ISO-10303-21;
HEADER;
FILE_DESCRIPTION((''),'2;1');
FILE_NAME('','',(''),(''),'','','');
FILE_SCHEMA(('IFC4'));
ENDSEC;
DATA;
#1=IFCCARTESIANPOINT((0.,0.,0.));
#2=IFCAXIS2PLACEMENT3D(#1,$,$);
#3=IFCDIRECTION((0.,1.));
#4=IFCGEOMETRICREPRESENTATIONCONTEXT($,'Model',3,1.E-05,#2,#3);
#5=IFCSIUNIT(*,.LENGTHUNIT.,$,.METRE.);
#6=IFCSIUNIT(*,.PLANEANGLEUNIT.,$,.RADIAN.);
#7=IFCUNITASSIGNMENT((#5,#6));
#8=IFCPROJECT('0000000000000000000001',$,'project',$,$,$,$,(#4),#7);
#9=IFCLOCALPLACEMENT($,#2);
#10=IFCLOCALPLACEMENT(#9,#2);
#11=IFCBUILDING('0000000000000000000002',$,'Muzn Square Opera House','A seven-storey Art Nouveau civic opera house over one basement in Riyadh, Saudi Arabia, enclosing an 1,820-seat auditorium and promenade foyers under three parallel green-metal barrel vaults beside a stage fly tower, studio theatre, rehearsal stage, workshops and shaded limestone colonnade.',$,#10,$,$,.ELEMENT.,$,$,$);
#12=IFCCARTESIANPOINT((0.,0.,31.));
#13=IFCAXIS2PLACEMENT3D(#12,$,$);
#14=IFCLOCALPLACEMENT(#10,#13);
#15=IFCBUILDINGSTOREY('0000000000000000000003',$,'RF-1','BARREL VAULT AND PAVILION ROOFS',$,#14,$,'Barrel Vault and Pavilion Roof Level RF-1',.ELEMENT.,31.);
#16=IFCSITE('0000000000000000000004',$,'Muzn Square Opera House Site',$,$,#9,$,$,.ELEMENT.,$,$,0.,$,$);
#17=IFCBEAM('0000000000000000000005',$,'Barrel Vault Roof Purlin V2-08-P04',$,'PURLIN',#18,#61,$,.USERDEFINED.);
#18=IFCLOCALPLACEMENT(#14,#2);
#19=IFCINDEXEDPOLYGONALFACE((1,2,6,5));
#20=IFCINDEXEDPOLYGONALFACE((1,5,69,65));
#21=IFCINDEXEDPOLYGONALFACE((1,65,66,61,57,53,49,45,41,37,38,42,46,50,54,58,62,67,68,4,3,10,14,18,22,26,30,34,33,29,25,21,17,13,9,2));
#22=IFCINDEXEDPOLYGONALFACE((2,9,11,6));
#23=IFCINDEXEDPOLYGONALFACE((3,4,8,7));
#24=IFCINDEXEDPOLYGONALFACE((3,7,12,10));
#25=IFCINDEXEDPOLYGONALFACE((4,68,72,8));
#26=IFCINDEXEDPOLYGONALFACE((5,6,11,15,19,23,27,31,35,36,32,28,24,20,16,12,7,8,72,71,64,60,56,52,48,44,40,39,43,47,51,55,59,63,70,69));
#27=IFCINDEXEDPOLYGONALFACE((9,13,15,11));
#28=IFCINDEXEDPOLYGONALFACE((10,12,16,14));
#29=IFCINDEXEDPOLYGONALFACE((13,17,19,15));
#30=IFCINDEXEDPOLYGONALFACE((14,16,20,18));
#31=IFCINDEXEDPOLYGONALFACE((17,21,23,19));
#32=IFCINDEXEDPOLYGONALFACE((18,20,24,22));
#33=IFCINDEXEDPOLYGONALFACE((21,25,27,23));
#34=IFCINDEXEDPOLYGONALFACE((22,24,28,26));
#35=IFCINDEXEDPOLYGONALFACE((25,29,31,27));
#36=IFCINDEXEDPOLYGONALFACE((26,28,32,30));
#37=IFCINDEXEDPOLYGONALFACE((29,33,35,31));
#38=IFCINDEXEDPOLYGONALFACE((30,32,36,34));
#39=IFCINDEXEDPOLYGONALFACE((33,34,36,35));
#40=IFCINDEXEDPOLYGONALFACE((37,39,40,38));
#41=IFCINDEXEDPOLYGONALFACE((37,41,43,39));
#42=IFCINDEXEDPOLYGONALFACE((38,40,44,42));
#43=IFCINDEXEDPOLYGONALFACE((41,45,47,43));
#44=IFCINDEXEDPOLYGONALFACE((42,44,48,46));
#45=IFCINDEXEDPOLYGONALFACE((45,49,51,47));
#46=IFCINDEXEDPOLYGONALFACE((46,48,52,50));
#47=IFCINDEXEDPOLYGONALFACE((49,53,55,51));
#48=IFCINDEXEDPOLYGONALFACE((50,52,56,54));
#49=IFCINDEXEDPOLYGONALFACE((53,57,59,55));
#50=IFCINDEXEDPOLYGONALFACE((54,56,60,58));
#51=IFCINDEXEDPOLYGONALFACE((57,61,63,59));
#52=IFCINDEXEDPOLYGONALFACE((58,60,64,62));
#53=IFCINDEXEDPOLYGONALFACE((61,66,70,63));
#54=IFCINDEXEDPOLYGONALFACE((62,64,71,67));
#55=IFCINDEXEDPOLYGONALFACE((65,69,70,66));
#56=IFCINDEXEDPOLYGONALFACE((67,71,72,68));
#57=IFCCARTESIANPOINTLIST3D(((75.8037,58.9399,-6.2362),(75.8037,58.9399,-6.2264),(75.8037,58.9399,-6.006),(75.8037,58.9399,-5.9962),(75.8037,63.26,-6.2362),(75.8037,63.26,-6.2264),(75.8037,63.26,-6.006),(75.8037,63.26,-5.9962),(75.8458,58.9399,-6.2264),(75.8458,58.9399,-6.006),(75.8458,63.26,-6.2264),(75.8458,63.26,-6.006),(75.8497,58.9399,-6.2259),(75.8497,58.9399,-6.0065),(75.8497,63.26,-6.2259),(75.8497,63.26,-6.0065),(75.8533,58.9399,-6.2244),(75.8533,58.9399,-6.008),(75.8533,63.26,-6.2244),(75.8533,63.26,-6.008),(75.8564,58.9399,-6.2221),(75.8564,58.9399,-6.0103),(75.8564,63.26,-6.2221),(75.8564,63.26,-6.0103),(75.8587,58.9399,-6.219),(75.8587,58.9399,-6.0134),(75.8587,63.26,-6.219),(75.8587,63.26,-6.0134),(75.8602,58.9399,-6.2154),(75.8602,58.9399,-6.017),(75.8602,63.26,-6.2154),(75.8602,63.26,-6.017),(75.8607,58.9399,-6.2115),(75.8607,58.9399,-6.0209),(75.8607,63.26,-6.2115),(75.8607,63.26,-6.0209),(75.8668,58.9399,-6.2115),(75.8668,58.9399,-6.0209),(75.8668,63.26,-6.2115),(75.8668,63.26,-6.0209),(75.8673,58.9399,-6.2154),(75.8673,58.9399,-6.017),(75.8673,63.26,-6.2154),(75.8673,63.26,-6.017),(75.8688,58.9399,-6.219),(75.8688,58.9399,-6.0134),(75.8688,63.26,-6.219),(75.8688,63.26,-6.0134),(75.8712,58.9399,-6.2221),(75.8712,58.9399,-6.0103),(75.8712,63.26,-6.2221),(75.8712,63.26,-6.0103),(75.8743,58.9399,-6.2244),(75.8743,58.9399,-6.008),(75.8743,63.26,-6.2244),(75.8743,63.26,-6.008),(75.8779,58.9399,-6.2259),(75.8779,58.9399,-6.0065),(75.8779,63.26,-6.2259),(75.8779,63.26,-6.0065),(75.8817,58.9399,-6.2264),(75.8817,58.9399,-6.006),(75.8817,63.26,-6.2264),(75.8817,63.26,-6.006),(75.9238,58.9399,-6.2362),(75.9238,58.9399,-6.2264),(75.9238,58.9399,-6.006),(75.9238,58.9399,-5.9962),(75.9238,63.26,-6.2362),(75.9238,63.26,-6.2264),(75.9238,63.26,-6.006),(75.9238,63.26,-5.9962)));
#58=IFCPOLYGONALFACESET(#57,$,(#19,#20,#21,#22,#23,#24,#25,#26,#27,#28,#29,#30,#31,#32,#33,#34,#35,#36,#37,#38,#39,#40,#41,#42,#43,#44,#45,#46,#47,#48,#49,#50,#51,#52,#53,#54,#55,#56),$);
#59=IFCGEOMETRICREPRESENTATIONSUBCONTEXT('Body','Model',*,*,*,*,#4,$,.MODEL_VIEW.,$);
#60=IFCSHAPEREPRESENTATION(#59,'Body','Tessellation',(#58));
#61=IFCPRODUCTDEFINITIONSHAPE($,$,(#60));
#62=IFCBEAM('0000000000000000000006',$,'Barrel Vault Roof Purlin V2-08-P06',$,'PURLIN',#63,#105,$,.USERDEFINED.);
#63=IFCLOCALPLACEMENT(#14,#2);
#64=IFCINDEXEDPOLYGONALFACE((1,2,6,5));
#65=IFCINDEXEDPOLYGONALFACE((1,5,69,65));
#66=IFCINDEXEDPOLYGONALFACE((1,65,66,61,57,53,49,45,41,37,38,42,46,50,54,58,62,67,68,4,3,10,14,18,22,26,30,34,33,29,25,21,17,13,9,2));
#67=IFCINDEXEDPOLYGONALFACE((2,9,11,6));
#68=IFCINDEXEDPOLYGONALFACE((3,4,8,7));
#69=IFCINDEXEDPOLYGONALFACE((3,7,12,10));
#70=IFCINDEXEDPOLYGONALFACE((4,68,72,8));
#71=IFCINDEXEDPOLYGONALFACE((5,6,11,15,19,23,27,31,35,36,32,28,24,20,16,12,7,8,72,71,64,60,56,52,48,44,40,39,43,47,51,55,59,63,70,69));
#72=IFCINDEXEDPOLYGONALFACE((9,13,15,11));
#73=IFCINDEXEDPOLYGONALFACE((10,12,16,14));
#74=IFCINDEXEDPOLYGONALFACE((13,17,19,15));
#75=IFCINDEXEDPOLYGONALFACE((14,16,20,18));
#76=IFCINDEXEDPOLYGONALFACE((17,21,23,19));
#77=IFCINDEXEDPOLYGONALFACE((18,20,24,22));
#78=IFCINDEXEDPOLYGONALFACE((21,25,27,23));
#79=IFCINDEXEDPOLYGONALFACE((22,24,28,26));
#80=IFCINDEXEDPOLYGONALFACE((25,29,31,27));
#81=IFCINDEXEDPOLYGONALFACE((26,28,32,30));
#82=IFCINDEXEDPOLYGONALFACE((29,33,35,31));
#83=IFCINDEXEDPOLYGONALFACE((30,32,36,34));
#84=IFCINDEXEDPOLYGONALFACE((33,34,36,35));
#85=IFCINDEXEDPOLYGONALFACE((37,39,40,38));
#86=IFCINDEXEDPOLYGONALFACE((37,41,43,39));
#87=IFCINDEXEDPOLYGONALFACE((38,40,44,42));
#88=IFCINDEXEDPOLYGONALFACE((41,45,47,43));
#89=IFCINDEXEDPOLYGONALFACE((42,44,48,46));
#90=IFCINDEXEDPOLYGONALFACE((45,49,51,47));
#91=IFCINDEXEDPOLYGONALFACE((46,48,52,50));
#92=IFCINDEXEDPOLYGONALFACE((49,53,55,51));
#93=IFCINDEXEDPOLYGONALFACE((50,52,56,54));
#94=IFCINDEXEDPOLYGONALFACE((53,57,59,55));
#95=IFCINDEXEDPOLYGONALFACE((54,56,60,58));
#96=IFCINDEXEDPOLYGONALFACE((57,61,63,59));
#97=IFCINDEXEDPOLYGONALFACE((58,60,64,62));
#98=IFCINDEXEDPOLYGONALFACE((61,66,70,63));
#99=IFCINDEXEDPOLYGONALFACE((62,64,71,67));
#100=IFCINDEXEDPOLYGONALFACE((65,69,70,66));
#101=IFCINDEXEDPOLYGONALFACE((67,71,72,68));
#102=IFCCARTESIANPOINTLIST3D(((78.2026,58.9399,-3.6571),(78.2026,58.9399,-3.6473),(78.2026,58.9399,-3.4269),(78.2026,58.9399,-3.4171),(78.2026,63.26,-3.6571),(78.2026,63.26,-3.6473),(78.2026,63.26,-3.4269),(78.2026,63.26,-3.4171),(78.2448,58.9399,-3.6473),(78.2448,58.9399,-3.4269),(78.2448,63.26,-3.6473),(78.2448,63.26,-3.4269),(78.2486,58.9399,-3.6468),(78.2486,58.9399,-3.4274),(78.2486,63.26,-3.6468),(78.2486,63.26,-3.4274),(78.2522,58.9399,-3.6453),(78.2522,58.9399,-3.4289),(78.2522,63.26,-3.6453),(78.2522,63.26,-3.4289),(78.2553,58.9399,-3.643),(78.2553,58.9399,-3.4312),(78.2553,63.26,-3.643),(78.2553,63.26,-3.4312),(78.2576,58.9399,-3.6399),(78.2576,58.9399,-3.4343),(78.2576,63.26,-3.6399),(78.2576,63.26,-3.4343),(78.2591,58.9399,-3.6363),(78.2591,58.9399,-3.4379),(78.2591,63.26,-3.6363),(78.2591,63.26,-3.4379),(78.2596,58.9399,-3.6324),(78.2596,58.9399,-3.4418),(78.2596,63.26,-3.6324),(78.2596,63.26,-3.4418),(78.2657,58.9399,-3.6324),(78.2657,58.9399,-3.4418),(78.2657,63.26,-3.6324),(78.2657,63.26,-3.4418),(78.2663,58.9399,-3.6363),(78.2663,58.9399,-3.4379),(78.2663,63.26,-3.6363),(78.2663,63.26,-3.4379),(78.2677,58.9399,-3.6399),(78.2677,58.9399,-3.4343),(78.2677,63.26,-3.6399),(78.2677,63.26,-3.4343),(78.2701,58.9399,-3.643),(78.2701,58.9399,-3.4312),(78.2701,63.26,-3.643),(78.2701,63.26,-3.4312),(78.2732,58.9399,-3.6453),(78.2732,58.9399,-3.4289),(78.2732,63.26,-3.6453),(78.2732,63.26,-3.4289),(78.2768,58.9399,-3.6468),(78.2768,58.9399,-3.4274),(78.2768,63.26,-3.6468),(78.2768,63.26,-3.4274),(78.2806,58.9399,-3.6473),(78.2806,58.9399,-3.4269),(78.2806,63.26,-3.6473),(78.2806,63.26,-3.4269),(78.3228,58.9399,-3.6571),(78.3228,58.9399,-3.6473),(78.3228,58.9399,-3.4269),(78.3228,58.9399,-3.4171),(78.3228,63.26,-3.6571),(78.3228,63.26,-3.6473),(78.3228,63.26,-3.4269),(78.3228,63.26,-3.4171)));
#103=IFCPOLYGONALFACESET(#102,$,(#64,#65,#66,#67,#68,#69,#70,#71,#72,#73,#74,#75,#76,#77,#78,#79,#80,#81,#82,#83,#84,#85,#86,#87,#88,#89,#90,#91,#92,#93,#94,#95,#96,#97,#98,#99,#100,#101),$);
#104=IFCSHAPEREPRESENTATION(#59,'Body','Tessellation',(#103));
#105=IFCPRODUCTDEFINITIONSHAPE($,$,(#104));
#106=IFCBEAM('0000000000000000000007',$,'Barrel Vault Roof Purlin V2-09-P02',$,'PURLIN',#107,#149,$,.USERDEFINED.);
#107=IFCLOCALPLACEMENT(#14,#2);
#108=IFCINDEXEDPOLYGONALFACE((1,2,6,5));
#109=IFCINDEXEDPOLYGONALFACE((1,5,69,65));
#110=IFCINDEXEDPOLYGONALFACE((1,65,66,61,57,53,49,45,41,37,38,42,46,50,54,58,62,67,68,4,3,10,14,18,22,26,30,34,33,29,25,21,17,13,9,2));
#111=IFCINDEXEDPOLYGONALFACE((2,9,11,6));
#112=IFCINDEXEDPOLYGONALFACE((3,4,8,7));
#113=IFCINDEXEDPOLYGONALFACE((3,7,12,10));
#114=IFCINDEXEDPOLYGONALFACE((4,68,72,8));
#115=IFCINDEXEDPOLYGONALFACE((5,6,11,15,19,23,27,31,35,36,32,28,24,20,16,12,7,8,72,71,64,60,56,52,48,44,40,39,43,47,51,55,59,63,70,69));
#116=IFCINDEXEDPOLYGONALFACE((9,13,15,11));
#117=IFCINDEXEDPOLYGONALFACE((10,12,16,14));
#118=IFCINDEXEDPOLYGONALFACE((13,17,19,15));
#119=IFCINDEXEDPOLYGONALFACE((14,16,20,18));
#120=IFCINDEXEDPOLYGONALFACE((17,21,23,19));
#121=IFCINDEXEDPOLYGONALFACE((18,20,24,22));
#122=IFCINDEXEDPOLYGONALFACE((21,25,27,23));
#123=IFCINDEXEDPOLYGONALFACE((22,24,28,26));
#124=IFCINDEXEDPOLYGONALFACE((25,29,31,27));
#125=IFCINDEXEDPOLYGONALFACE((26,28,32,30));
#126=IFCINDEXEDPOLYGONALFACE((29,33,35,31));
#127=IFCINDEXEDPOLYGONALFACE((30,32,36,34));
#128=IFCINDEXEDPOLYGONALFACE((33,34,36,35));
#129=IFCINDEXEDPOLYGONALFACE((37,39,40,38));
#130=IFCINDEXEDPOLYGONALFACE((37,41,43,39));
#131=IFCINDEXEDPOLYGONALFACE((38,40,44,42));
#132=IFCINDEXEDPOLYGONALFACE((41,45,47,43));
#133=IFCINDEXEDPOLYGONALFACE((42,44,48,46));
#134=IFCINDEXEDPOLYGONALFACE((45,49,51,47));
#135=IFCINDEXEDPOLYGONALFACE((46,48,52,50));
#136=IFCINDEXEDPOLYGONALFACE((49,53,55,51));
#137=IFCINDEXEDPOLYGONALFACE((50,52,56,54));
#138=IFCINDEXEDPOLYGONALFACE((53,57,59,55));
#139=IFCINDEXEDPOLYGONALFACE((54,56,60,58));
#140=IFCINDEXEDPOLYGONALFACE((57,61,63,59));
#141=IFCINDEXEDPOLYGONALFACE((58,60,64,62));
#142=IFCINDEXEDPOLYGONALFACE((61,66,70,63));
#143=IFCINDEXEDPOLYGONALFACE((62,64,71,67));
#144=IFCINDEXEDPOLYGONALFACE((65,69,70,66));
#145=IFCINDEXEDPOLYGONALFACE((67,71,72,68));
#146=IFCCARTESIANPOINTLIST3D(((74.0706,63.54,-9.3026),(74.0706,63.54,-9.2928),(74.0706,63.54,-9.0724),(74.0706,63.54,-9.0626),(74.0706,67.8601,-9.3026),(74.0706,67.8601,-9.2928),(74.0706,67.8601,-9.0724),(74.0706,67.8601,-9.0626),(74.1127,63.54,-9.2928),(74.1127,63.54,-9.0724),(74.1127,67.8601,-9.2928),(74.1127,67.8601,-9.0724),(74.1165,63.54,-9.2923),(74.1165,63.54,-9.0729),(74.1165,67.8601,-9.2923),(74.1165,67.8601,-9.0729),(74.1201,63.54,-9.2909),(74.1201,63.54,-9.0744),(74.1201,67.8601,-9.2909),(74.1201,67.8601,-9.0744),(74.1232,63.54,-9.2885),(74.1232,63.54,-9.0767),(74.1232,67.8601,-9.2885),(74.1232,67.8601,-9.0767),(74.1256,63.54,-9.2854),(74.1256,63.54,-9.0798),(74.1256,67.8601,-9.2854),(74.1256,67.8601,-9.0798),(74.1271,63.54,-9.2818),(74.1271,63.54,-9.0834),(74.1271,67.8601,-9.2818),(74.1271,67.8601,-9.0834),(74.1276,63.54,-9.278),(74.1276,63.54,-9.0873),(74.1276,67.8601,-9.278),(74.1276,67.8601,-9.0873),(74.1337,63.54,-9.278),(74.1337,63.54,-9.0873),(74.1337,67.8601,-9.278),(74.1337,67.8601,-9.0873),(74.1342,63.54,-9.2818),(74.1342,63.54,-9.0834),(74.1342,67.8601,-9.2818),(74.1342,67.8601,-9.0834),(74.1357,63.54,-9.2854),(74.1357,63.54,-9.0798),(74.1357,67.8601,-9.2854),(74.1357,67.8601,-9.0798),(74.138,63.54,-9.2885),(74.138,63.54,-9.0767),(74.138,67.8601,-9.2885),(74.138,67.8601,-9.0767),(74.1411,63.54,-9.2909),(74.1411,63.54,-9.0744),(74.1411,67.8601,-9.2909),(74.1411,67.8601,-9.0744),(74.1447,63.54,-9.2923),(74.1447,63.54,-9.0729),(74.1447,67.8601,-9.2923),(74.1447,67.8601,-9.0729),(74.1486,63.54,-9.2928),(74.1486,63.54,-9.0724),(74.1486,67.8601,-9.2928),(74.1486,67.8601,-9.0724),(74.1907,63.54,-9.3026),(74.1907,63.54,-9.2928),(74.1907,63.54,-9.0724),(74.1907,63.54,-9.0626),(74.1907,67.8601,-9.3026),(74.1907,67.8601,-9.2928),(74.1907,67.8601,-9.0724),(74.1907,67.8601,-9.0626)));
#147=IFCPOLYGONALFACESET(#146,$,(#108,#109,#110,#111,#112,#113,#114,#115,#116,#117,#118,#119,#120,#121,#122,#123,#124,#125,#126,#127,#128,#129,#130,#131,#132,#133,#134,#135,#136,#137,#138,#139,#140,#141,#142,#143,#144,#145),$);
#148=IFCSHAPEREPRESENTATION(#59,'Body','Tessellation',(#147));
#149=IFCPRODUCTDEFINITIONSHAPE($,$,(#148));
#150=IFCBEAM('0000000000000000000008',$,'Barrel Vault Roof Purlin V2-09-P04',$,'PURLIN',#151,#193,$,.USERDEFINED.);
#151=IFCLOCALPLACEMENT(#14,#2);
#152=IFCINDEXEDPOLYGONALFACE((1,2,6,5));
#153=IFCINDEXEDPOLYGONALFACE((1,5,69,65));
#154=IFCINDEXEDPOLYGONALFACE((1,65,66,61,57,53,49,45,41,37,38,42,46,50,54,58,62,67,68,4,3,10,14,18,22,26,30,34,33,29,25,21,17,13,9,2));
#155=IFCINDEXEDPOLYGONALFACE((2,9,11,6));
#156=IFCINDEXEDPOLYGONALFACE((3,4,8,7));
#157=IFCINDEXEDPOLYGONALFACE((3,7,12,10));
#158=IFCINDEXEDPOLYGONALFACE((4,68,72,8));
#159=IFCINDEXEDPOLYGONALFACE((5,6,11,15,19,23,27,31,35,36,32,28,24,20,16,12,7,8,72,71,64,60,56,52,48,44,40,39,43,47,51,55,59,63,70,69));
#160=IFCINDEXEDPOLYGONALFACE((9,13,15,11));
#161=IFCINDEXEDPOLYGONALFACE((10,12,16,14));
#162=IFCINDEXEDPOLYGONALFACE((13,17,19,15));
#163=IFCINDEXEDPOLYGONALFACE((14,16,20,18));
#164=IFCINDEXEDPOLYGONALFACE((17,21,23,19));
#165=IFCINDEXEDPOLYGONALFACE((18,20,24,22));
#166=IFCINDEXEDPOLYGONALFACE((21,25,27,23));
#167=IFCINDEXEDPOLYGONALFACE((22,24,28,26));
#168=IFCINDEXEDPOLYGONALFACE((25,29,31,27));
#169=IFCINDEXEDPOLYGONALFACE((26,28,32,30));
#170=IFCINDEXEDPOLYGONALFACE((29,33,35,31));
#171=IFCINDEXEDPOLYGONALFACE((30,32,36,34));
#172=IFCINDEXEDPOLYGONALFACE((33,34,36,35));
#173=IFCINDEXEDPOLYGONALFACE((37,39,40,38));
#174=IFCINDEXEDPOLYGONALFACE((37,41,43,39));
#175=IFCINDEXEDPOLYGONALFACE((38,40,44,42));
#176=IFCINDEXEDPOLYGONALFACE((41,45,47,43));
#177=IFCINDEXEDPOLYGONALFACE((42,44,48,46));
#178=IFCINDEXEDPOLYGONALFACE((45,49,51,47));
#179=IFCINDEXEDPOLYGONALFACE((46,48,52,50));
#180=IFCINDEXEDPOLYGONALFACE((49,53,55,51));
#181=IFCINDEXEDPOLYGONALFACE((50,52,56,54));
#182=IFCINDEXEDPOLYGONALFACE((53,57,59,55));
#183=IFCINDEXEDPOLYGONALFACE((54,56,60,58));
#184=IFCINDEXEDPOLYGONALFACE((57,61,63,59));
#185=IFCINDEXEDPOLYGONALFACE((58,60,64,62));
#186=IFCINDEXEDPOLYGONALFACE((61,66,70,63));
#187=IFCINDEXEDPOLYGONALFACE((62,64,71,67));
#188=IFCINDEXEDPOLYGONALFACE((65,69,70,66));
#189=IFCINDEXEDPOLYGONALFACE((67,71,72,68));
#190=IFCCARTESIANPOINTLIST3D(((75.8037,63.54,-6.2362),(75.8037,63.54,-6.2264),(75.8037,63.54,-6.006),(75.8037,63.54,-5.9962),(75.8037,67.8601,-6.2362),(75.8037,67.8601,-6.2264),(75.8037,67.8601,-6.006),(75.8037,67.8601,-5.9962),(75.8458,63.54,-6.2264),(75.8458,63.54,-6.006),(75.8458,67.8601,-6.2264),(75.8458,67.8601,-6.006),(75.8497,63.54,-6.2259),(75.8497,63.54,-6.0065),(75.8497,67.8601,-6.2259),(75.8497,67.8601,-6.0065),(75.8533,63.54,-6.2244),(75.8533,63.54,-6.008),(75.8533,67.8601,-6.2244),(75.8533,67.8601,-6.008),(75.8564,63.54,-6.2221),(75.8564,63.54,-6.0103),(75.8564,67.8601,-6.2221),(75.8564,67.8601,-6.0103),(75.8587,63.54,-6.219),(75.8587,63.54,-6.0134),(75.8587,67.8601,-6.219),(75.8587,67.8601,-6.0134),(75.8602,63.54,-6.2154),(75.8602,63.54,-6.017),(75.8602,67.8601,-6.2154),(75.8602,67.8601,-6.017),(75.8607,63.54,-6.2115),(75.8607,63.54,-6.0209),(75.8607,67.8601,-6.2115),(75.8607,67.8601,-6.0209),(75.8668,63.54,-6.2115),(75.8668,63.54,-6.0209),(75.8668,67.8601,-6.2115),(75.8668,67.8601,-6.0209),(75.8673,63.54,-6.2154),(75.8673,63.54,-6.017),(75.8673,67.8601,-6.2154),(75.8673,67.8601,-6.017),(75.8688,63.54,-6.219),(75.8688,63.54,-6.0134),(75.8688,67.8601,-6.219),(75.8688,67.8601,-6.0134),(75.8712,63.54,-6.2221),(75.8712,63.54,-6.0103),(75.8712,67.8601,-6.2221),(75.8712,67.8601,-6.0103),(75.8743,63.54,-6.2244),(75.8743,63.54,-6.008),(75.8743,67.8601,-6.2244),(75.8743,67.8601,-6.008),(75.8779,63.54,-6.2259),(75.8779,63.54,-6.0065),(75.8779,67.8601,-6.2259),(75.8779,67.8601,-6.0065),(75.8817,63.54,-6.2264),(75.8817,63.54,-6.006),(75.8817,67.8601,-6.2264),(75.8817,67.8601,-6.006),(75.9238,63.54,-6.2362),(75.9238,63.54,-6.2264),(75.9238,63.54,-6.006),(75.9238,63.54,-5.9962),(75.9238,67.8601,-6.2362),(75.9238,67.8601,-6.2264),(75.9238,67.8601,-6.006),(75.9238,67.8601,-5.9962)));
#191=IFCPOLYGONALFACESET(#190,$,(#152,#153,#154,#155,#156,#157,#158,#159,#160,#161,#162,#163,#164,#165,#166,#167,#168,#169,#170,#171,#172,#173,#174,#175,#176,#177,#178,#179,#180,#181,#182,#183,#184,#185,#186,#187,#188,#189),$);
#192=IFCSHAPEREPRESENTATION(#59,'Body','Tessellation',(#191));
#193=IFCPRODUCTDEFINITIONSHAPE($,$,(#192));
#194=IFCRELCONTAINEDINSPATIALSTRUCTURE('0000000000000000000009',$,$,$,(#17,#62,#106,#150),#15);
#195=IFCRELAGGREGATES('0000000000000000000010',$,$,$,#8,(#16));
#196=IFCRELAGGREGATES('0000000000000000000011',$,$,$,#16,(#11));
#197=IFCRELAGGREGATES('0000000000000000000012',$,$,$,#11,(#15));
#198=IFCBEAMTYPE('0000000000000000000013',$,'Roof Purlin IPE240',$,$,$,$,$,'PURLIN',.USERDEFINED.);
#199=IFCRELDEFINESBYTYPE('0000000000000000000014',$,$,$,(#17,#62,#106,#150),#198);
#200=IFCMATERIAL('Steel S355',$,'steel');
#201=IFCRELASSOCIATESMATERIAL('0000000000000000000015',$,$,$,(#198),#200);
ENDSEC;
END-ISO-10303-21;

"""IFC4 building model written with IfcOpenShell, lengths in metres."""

from ifc_helpers import new_model, si_unit, direction, frame, origin, origin_2d, place, context, subcontext, project, spatial, i_section, extrude, material, material_profile, profile_set, type_object, element, save


model = new_model("IFC4")

# Units and contexts
model_context = context("Model", 3, precision=1e-05, world=origin(), true_north=direction((0.0, 1.0)))
body_context = subcontext(model_context, "Body", "Model", "MODEL_VIEW")
ifc_project = project(units=[si_unit("LENGTHUNIT", "METRE"), si_unit("PLANEANGLEUNIT", "RADIAN")], contexts=[model_context])

# Site, building, storey
site_placement = place(None, origin())
site = spatial("IfcSite", under=ifc_project, at=site_placement, Name="Muzn Square Opera House Site", CompositionType="ELEMENT", RefElevation=0.0)
building_placement = place(site_placement, origin())
building = spatial("IfcBuilding", under=site, at=building_placement, Name="Muzn Square Opera House", Description="A seven-storey Art Nouveau civic opera house over one basement in Riyadh, Saudi Arabia, enclosing an 1,820-seat auditorium and promenade foyers under three parallel green-metal barrel vaults beside a stage fly tower, studio theatre, rehearsal stage, workshops and shaded limestone colonnade.", CompositionType="ELEMENT")
storey_placement = place(building_placement, frame((0.0, 0.0, 31.0)))
storey = spatial("IfcBuildingStorey", under=building, at=storey_placement, Name="RF-1", Description="BARREL VAULT AND PAVILION ROOFS", LongName="Barrel Vault and Pavilion Roof Level RF-1", CompositionType="ELEMENT", Elevation=31.0)

# Beams
ifc_material_1 = material(Name="Steel S355", Category="steel")
ifc_material_profile_1 = material_profile(ifc_material_1, i_section(OverallWidth=0.1201, OverallDepth=0.24, WebThickness=0.0061, FlangeThickness=0.0098, FilletRadius=0.0149, at=origin_2d()), Name="IPE 240", Category="steel")
ifc_profile_set_1 = profile_set([ifc_material_profile_1], Name="Steel S355")
beam_type_1 = type_object("IfcBeamType", Name="Roof Purlin IPE240", ElementType="PURLIN", PredefinedType="USERDEFINED", material=ifc_profile_set_1)
for number, where, z_axis, x_axis, name in (
    (1, (75.8638, 58.9399, -6.1162), (0.0, 1.0, 0.0), (-1.0, 0.0, 0.0), "Barrel Vault Roof Purlin V2-08-P04"),
    (2, (78.2627, 58.9399, -3.5371), (0.0, 1.0, 0.0), (-1.0, 0.0, 0.0), "Barrel Vault Roof Purlin V2-08-P06"),
    (3, (74.1306, 63.54, -9.1826), (0.0, 1.0, 0.0), (-1.0, 0.0, 0.0), "Barrel Vault Roof Purlin V2-09-P02"),
    (4, (75.8638, 63.54, -6.1162), (0.0, 1.0, 0.0), (-1.0, 0.0, 0.0), "Barrel Vault Roof Purlin V2-09-P04"),
):
    element("IfcBeam", number, at=place(storey_placement, frame(where, z_axis=z_axis, x_axis=x_axis)), inside=storey, type_object=beam_type_1, Name=name, ObjectType="PURLIN", PredefinedType="USERDEFINED", context=body_context, shape_type="SweptSolid", body=[
        extrude(i_section(OverallWidth=0.1201, OverallDepth=0.24, WebThickness=0.0061, FlangeThickness=0.0098, FilletRadius=0.0149, at=origin_2d()), origin(), (0.0, 0.0, 1.0), 4.3201),
    ])

save(model, "model.ifc")
